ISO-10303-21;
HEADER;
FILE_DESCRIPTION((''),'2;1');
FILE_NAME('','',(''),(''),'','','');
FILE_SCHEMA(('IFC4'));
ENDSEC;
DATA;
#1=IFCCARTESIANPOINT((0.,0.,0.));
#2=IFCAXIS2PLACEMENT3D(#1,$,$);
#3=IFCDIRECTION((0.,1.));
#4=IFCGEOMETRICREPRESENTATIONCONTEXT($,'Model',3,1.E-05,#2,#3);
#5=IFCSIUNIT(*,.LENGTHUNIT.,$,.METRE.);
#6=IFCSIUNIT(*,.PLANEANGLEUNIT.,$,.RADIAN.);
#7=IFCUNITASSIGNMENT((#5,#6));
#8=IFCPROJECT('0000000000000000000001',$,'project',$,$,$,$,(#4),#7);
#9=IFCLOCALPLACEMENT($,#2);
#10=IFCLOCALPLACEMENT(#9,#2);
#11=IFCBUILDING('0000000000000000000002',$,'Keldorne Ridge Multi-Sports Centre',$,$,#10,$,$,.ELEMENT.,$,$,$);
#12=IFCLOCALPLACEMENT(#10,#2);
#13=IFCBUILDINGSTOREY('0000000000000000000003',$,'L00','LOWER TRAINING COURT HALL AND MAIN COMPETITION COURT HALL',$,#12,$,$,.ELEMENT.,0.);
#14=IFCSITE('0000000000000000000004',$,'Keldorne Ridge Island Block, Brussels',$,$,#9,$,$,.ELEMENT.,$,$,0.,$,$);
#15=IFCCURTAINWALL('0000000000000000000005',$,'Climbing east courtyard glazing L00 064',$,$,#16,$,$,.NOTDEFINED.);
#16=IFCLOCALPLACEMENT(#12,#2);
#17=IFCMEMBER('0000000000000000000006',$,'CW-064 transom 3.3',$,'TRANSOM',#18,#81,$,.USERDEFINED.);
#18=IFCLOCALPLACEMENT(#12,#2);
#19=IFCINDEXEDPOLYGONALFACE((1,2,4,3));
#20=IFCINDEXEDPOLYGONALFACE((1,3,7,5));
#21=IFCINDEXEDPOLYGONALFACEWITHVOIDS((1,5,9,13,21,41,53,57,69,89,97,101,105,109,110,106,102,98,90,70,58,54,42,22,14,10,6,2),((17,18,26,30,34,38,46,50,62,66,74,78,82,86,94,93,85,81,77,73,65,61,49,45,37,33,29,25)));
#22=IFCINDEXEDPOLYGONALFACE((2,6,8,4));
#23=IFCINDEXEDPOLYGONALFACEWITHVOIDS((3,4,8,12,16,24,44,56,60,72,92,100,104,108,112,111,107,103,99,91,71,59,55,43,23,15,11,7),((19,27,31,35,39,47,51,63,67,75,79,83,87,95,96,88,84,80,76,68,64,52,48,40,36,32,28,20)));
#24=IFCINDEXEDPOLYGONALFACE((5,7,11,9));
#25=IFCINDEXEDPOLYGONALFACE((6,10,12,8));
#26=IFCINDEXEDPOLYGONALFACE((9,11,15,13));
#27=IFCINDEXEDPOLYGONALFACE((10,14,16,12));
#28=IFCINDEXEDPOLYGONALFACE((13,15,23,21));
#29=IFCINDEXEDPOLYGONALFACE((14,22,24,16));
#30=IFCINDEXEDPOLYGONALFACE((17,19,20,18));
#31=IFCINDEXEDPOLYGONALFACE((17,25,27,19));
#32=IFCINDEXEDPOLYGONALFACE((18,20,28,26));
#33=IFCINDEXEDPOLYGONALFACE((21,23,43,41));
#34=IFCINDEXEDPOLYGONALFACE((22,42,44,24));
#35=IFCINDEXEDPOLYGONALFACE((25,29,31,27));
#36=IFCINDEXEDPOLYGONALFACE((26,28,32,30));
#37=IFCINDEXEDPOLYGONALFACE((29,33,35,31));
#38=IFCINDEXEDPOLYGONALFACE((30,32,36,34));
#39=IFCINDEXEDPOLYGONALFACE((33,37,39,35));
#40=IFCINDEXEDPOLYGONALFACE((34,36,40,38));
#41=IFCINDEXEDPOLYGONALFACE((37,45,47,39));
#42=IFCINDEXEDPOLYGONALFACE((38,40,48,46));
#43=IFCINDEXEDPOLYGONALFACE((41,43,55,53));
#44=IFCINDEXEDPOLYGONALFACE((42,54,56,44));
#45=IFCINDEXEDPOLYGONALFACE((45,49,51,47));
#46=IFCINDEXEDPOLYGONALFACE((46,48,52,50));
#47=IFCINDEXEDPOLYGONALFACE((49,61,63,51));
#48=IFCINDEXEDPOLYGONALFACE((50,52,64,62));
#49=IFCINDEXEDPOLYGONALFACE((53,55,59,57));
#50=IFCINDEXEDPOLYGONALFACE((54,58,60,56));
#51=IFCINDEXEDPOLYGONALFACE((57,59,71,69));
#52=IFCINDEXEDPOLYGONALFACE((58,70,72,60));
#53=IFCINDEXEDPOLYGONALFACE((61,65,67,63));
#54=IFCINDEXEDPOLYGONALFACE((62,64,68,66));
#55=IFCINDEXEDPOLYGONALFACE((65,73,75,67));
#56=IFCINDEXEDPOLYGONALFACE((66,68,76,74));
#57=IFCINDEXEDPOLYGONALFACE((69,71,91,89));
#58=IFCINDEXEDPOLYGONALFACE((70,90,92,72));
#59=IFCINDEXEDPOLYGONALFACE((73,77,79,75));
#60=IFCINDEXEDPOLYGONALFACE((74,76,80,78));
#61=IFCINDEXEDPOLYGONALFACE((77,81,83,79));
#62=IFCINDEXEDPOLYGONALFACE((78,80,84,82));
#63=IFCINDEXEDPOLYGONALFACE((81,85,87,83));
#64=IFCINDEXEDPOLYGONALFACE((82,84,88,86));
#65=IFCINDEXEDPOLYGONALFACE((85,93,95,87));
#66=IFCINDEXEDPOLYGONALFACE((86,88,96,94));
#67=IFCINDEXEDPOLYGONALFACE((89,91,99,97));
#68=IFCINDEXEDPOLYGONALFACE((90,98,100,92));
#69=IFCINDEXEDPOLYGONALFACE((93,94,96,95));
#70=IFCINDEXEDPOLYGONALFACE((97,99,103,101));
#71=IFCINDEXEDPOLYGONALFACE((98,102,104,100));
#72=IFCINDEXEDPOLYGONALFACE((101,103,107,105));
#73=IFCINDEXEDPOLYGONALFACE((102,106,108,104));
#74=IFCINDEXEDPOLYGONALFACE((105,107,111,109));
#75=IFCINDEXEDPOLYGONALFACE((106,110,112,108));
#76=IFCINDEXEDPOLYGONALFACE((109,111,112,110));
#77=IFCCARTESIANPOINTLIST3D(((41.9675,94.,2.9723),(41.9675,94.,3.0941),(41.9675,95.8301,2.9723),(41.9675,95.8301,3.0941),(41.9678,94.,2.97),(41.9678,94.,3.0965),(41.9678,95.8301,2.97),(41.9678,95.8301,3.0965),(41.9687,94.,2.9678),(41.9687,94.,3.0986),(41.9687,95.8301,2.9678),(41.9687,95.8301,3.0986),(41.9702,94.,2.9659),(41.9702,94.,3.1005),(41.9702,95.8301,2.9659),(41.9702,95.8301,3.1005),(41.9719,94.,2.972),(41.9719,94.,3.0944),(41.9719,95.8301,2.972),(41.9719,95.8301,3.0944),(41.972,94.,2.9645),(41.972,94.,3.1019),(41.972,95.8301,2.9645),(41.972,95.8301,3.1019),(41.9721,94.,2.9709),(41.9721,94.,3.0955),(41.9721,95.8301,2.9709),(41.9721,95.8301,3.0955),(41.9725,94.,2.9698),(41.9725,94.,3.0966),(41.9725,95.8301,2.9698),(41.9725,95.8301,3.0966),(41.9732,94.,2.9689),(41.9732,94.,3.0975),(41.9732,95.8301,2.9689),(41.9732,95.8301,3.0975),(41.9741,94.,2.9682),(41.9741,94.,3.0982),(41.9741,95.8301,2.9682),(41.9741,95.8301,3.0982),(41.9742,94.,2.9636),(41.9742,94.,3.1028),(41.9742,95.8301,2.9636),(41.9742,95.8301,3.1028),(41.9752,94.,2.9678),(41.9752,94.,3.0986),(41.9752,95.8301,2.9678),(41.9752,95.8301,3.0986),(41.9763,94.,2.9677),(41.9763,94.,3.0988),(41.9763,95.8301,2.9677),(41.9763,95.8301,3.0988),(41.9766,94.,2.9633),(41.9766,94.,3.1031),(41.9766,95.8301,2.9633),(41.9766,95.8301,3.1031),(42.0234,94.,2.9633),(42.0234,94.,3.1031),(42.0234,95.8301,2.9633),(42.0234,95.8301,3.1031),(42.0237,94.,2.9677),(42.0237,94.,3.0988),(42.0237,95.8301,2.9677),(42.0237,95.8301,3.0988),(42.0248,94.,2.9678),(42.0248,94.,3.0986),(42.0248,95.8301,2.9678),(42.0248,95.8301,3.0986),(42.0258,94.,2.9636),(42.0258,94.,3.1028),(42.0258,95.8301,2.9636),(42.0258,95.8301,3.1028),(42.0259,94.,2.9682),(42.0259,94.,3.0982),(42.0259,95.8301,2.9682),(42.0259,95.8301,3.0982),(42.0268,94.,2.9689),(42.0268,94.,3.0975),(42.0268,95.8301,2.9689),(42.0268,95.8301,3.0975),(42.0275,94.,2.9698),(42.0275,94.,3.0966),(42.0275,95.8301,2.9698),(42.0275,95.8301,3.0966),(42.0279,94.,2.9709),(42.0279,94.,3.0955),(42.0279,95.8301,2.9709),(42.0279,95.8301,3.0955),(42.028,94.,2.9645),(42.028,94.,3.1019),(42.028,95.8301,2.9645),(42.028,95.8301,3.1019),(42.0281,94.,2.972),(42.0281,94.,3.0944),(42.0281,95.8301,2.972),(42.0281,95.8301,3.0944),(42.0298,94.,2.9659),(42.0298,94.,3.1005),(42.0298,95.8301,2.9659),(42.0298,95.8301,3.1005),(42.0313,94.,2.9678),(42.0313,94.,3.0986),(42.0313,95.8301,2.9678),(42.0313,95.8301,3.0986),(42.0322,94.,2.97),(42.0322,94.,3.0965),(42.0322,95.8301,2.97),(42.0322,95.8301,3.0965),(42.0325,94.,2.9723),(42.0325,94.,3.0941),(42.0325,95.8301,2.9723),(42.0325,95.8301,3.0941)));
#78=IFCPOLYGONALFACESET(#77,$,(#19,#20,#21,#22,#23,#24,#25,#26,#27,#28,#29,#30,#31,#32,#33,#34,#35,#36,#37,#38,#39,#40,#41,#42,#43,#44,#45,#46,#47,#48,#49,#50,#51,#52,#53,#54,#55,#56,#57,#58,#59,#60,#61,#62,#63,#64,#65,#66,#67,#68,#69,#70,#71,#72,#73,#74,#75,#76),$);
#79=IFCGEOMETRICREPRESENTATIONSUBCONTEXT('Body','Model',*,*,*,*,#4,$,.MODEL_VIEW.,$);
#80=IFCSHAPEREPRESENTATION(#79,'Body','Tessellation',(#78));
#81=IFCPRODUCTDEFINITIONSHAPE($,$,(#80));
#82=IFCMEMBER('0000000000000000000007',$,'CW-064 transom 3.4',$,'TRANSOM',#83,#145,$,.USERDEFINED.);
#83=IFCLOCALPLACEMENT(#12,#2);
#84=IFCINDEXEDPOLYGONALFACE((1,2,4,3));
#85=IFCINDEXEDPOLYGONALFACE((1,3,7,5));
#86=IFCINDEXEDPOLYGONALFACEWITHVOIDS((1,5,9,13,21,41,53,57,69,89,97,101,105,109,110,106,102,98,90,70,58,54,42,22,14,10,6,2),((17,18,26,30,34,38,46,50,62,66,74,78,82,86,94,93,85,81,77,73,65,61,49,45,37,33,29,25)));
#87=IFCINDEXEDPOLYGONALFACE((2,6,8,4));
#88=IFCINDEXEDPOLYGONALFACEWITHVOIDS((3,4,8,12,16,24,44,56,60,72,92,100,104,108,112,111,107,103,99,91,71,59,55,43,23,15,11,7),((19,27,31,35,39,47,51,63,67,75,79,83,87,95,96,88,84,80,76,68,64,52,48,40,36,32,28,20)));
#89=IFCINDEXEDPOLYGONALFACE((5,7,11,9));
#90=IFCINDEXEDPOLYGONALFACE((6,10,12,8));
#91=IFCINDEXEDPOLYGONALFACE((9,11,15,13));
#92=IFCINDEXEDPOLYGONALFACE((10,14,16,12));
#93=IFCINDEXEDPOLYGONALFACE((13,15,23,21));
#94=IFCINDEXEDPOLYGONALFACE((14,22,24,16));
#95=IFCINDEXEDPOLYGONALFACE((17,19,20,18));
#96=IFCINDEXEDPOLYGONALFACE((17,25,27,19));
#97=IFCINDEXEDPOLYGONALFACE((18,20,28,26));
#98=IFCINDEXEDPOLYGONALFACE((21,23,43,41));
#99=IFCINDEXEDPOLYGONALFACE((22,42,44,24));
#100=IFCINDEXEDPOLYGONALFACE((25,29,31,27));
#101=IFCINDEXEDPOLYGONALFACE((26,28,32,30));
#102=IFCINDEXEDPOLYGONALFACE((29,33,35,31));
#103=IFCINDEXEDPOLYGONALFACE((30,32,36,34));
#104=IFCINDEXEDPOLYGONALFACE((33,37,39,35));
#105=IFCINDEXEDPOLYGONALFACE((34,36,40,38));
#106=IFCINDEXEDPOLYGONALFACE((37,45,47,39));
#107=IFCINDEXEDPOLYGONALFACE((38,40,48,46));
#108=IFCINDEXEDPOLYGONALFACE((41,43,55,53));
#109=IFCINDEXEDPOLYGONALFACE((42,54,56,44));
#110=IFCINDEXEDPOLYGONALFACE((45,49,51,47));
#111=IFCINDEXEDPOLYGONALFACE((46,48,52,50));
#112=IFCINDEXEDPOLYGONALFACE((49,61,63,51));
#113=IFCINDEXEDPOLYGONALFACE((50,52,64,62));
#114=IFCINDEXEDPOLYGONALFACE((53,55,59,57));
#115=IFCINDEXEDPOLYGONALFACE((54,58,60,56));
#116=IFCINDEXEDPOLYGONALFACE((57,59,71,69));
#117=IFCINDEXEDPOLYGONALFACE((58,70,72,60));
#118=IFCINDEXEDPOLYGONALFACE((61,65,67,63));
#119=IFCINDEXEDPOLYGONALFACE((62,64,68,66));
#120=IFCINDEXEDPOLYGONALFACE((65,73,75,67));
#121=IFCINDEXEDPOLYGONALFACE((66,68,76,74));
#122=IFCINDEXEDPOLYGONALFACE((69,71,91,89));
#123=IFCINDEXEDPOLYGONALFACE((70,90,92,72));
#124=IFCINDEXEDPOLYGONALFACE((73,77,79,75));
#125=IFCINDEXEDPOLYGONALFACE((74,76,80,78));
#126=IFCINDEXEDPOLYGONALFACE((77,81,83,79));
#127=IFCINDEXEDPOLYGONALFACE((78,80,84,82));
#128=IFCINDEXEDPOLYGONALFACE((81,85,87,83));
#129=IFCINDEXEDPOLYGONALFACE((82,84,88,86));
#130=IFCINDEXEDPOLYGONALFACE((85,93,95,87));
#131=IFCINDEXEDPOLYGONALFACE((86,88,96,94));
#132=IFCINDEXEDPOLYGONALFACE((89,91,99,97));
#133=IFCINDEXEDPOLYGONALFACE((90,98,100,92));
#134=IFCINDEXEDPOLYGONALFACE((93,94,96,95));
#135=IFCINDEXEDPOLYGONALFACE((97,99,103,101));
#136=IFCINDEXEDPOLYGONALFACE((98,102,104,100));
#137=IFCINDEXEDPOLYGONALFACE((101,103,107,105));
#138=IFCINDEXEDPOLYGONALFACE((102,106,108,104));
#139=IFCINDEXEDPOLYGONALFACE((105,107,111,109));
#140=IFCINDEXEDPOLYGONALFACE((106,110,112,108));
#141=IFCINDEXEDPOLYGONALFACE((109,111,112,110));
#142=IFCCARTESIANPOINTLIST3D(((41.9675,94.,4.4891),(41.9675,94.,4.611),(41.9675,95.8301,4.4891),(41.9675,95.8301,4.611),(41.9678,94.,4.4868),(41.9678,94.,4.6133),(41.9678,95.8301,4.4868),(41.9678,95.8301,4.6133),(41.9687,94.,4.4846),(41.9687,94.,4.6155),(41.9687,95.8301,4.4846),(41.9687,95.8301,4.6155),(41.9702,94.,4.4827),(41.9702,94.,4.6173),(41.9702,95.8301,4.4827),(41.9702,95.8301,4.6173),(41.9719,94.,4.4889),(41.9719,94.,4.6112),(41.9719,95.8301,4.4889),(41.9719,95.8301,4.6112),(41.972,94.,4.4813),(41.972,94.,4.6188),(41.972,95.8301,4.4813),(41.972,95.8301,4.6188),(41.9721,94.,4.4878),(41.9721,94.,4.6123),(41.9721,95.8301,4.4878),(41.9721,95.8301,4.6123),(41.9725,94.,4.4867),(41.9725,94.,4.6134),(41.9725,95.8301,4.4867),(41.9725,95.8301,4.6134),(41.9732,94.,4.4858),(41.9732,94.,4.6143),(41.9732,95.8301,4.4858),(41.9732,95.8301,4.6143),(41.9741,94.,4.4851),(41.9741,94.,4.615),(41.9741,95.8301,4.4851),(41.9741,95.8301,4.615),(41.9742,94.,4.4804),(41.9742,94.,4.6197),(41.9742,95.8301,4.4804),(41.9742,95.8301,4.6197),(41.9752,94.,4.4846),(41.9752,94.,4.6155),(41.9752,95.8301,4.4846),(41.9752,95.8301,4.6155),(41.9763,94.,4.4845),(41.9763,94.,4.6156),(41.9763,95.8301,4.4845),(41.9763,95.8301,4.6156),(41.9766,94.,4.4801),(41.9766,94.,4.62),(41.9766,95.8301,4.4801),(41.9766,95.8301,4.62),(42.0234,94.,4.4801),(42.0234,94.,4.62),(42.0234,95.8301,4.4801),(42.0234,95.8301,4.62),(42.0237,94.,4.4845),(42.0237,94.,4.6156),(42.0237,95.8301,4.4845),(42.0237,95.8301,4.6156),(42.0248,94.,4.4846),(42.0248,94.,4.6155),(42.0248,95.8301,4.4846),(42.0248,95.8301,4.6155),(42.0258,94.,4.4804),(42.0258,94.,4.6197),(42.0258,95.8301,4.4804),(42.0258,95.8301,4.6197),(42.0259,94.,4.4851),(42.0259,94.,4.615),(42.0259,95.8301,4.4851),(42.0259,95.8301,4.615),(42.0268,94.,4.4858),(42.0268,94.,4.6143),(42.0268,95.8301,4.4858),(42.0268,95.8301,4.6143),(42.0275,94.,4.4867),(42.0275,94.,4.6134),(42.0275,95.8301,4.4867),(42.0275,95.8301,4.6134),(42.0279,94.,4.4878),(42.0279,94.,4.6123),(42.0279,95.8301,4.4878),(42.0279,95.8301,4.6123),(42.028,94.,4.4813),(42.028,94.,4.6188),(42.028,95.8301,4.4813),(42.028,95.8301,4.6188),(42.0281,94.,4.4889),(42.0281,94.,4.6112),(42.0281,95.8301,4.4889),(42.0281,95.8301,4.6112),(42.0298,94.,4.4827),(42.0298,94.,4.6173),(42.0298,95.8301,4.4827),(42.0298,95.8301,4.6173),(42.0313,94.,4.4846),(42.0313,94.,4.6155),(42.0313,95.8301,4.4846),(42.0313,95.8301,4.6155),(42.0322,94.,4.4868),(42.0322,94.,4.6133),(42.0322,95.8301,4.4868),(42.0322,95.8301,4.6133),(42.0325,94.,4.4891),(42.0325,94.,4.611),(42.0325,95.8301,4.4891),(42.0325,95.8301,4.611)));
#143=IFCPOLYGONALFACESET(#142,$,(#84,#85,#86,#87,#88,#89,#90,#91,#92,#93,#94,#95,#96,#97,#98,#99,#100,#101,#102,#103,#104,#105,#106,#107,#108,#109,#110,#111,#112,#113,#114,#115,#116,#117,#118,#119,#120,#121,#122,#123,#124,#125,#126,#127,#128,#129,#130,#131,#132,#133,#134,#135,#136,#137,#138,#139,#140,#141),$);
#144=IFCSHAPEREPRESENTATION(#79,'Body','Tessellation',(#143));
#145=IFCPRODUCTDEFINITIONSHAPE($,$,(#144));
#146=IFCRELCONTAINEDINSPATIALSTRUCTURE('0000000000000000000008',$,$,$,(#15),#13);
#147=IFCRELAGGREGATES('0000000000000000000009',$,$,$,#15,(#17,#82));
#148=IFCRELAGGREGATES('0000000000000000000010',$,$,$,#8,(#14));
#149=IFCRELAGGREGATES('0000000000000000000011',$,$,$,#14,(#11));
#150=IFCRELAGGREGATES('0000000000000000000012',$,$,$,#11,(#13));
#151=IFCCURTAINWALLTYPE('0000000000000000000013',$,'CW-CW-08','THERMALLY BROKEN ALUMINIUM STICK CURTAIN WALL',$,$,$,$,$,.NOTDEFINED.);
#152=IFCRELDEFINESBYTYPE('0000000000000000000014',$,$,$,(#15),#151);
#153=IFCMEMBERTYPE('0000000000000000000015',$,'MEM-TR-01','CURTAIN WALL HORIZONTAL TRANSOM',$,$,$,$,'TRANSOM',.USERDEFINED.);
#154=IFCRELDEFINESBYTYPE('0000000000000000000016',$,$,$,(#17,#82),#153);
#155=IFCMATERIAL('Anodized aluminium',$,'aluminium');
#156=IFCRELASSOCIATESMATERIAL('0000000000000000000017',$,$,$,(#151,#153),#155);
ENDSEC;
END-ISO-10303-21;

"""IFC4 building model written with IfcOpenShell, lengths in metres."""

from ifc_helpers import new_model, si_unit, direction, frame, origin, origin_2d, place, context, subcontext, project, spatial, hollow_rectangle, extrude, material, material_profile, profile_set, type_object, element, aggregate, save


model = new_model("IFC4")

# Units and contexts
model_context = context("Model", 3, precision=1e-05, world=origin(), true_north=direction((0.0, 1.0)))
body_context = subcontext(model_context, "Body", "Model", "MODEL_VIEW")
ifc_project = project(units=[si_unit("LENGTHUNIT", "METRE"), si_unit("PLANEANGLEUNIT", "RADIAN")], contexts=[model_context])

# Site, building, storey
site_placement = place(None, origin())
site = spatial("IfcSite", under=ifc_project, at=site_placement, Name="Keldorne Ridge Island Block, Brussels", CompositionType="ELEMENT", RefElevation=0.0)
building_placement = place(site_placement, origin())
building = spatial("IfcBuilding", under=site, at=building_placement, Name="Keldorne Ridge Multi-Sports Centre", CompositionType="ELEMENT")
storey_placement = place(building_placement, origin())
storey = spatial("IfcBuildingStorey", under=building, at=storey_placement, Name="L00", Description="LOWER TRAINING COURT HALL AND MAIN COMPETITION COURT HALL", CompositionType="ELEMENT", Elevation=0.0)

# Shared definitions
ifc_material_1 = material(Name="Anodized aluminium", Category="aluminium")

# Curtain wall, members
curtain_wall_type_1 = type_object("IfcCurtainWallType", Name="CW-CW-08", Description="THERMALLY BROKEN ALUMINIUM STICK CURTAIN WALL", PredefinedType="NOTDEFINED", material=ifc_material_1)
curtain_wall_1_placement = place(storey_placement, origin())
curtain_wall_1 = element("IfcCurtainWall", 1, at=curtain_wall_1_placement, inside=storey, type_object=curtain_wall_type_1, Name="Climbing east courtyard glazing L00 064", PredefinedType="NOTDEFINED")
ifc_material_profile_1 = material_profile(ifc_material_1, hollow_rectangle(XDim=0.0649, YDim=0.1399, WallThickness=0.0044, InnerFilletRadius=0.0044, OuterFilletRadius=0.009, at=origin_2d()), Name="ALU TRANSOM 140x65x4.5")
ifc_profile_set_1 = profile_set([ifc_material_profile_1], Name="Anodized aluminium")
member_type_1 = type_object("IfcMemberType", Name="MEM-TR-01", Description="CURTAIN WALL HORIZONTAL TRANSOM", ElementType="TRANSOM", PredefinedType="USERDEFINED", material=ifc_profile_set_1)
member_1_placement = place(storey_placement, frame((42.0, 94.0, 3.0332), z_axis=(0.0, 1.0, 0.0), x_axis=(-1.0, 0.0, 0.0)))
member_1 = element("IfcMember", 2, at=member_1_placement, type_object=member_type_1, Name="CW-064 transom 3.3", ObjectType="TRANSOM", PredefinedType="USERDEFINED", context=body_context, shape_type="SweptSolid", body=[
    extrude(hollow_rectangle(XDim=0.0649, YDim=0.1399, WallThickness=0.0044, InnerFilletRadius=0.0044, OuterFilletRadius=0.009, at=origin_2d()), origin(), (0.0, 0.0, 1.0), 1.8301),
])
member_2_placement = place(storey_placement, frame((42.0, 94.0, 4.55), z_axis=(0.0, 1.0, 0.0), x_axis=(-1.0, 0.0, 0.0)))
member_2 = element("IfcMember", 3, at=member_2_placement, type_object=member_type_1, Name="CW-064 transom 3.4", ObjectType="TRANSOM", PredefinedType="USERDEFINED", context=body_context, shape_type="SweptSolid", body=[
    extrude(hollow_rectangle(XDim=0.0649, YDim=0.1399, WallThickness=0.0044, InnerFilletRadius=0.0044, OuterFilletRadius=0.009, at=origin_2d()), origin(), (0.0, 0.0, 1.0), 1.8301),
])
aggregate(curtain_wall_1, [member_1, member_2])

save(model, "model.ifc")
